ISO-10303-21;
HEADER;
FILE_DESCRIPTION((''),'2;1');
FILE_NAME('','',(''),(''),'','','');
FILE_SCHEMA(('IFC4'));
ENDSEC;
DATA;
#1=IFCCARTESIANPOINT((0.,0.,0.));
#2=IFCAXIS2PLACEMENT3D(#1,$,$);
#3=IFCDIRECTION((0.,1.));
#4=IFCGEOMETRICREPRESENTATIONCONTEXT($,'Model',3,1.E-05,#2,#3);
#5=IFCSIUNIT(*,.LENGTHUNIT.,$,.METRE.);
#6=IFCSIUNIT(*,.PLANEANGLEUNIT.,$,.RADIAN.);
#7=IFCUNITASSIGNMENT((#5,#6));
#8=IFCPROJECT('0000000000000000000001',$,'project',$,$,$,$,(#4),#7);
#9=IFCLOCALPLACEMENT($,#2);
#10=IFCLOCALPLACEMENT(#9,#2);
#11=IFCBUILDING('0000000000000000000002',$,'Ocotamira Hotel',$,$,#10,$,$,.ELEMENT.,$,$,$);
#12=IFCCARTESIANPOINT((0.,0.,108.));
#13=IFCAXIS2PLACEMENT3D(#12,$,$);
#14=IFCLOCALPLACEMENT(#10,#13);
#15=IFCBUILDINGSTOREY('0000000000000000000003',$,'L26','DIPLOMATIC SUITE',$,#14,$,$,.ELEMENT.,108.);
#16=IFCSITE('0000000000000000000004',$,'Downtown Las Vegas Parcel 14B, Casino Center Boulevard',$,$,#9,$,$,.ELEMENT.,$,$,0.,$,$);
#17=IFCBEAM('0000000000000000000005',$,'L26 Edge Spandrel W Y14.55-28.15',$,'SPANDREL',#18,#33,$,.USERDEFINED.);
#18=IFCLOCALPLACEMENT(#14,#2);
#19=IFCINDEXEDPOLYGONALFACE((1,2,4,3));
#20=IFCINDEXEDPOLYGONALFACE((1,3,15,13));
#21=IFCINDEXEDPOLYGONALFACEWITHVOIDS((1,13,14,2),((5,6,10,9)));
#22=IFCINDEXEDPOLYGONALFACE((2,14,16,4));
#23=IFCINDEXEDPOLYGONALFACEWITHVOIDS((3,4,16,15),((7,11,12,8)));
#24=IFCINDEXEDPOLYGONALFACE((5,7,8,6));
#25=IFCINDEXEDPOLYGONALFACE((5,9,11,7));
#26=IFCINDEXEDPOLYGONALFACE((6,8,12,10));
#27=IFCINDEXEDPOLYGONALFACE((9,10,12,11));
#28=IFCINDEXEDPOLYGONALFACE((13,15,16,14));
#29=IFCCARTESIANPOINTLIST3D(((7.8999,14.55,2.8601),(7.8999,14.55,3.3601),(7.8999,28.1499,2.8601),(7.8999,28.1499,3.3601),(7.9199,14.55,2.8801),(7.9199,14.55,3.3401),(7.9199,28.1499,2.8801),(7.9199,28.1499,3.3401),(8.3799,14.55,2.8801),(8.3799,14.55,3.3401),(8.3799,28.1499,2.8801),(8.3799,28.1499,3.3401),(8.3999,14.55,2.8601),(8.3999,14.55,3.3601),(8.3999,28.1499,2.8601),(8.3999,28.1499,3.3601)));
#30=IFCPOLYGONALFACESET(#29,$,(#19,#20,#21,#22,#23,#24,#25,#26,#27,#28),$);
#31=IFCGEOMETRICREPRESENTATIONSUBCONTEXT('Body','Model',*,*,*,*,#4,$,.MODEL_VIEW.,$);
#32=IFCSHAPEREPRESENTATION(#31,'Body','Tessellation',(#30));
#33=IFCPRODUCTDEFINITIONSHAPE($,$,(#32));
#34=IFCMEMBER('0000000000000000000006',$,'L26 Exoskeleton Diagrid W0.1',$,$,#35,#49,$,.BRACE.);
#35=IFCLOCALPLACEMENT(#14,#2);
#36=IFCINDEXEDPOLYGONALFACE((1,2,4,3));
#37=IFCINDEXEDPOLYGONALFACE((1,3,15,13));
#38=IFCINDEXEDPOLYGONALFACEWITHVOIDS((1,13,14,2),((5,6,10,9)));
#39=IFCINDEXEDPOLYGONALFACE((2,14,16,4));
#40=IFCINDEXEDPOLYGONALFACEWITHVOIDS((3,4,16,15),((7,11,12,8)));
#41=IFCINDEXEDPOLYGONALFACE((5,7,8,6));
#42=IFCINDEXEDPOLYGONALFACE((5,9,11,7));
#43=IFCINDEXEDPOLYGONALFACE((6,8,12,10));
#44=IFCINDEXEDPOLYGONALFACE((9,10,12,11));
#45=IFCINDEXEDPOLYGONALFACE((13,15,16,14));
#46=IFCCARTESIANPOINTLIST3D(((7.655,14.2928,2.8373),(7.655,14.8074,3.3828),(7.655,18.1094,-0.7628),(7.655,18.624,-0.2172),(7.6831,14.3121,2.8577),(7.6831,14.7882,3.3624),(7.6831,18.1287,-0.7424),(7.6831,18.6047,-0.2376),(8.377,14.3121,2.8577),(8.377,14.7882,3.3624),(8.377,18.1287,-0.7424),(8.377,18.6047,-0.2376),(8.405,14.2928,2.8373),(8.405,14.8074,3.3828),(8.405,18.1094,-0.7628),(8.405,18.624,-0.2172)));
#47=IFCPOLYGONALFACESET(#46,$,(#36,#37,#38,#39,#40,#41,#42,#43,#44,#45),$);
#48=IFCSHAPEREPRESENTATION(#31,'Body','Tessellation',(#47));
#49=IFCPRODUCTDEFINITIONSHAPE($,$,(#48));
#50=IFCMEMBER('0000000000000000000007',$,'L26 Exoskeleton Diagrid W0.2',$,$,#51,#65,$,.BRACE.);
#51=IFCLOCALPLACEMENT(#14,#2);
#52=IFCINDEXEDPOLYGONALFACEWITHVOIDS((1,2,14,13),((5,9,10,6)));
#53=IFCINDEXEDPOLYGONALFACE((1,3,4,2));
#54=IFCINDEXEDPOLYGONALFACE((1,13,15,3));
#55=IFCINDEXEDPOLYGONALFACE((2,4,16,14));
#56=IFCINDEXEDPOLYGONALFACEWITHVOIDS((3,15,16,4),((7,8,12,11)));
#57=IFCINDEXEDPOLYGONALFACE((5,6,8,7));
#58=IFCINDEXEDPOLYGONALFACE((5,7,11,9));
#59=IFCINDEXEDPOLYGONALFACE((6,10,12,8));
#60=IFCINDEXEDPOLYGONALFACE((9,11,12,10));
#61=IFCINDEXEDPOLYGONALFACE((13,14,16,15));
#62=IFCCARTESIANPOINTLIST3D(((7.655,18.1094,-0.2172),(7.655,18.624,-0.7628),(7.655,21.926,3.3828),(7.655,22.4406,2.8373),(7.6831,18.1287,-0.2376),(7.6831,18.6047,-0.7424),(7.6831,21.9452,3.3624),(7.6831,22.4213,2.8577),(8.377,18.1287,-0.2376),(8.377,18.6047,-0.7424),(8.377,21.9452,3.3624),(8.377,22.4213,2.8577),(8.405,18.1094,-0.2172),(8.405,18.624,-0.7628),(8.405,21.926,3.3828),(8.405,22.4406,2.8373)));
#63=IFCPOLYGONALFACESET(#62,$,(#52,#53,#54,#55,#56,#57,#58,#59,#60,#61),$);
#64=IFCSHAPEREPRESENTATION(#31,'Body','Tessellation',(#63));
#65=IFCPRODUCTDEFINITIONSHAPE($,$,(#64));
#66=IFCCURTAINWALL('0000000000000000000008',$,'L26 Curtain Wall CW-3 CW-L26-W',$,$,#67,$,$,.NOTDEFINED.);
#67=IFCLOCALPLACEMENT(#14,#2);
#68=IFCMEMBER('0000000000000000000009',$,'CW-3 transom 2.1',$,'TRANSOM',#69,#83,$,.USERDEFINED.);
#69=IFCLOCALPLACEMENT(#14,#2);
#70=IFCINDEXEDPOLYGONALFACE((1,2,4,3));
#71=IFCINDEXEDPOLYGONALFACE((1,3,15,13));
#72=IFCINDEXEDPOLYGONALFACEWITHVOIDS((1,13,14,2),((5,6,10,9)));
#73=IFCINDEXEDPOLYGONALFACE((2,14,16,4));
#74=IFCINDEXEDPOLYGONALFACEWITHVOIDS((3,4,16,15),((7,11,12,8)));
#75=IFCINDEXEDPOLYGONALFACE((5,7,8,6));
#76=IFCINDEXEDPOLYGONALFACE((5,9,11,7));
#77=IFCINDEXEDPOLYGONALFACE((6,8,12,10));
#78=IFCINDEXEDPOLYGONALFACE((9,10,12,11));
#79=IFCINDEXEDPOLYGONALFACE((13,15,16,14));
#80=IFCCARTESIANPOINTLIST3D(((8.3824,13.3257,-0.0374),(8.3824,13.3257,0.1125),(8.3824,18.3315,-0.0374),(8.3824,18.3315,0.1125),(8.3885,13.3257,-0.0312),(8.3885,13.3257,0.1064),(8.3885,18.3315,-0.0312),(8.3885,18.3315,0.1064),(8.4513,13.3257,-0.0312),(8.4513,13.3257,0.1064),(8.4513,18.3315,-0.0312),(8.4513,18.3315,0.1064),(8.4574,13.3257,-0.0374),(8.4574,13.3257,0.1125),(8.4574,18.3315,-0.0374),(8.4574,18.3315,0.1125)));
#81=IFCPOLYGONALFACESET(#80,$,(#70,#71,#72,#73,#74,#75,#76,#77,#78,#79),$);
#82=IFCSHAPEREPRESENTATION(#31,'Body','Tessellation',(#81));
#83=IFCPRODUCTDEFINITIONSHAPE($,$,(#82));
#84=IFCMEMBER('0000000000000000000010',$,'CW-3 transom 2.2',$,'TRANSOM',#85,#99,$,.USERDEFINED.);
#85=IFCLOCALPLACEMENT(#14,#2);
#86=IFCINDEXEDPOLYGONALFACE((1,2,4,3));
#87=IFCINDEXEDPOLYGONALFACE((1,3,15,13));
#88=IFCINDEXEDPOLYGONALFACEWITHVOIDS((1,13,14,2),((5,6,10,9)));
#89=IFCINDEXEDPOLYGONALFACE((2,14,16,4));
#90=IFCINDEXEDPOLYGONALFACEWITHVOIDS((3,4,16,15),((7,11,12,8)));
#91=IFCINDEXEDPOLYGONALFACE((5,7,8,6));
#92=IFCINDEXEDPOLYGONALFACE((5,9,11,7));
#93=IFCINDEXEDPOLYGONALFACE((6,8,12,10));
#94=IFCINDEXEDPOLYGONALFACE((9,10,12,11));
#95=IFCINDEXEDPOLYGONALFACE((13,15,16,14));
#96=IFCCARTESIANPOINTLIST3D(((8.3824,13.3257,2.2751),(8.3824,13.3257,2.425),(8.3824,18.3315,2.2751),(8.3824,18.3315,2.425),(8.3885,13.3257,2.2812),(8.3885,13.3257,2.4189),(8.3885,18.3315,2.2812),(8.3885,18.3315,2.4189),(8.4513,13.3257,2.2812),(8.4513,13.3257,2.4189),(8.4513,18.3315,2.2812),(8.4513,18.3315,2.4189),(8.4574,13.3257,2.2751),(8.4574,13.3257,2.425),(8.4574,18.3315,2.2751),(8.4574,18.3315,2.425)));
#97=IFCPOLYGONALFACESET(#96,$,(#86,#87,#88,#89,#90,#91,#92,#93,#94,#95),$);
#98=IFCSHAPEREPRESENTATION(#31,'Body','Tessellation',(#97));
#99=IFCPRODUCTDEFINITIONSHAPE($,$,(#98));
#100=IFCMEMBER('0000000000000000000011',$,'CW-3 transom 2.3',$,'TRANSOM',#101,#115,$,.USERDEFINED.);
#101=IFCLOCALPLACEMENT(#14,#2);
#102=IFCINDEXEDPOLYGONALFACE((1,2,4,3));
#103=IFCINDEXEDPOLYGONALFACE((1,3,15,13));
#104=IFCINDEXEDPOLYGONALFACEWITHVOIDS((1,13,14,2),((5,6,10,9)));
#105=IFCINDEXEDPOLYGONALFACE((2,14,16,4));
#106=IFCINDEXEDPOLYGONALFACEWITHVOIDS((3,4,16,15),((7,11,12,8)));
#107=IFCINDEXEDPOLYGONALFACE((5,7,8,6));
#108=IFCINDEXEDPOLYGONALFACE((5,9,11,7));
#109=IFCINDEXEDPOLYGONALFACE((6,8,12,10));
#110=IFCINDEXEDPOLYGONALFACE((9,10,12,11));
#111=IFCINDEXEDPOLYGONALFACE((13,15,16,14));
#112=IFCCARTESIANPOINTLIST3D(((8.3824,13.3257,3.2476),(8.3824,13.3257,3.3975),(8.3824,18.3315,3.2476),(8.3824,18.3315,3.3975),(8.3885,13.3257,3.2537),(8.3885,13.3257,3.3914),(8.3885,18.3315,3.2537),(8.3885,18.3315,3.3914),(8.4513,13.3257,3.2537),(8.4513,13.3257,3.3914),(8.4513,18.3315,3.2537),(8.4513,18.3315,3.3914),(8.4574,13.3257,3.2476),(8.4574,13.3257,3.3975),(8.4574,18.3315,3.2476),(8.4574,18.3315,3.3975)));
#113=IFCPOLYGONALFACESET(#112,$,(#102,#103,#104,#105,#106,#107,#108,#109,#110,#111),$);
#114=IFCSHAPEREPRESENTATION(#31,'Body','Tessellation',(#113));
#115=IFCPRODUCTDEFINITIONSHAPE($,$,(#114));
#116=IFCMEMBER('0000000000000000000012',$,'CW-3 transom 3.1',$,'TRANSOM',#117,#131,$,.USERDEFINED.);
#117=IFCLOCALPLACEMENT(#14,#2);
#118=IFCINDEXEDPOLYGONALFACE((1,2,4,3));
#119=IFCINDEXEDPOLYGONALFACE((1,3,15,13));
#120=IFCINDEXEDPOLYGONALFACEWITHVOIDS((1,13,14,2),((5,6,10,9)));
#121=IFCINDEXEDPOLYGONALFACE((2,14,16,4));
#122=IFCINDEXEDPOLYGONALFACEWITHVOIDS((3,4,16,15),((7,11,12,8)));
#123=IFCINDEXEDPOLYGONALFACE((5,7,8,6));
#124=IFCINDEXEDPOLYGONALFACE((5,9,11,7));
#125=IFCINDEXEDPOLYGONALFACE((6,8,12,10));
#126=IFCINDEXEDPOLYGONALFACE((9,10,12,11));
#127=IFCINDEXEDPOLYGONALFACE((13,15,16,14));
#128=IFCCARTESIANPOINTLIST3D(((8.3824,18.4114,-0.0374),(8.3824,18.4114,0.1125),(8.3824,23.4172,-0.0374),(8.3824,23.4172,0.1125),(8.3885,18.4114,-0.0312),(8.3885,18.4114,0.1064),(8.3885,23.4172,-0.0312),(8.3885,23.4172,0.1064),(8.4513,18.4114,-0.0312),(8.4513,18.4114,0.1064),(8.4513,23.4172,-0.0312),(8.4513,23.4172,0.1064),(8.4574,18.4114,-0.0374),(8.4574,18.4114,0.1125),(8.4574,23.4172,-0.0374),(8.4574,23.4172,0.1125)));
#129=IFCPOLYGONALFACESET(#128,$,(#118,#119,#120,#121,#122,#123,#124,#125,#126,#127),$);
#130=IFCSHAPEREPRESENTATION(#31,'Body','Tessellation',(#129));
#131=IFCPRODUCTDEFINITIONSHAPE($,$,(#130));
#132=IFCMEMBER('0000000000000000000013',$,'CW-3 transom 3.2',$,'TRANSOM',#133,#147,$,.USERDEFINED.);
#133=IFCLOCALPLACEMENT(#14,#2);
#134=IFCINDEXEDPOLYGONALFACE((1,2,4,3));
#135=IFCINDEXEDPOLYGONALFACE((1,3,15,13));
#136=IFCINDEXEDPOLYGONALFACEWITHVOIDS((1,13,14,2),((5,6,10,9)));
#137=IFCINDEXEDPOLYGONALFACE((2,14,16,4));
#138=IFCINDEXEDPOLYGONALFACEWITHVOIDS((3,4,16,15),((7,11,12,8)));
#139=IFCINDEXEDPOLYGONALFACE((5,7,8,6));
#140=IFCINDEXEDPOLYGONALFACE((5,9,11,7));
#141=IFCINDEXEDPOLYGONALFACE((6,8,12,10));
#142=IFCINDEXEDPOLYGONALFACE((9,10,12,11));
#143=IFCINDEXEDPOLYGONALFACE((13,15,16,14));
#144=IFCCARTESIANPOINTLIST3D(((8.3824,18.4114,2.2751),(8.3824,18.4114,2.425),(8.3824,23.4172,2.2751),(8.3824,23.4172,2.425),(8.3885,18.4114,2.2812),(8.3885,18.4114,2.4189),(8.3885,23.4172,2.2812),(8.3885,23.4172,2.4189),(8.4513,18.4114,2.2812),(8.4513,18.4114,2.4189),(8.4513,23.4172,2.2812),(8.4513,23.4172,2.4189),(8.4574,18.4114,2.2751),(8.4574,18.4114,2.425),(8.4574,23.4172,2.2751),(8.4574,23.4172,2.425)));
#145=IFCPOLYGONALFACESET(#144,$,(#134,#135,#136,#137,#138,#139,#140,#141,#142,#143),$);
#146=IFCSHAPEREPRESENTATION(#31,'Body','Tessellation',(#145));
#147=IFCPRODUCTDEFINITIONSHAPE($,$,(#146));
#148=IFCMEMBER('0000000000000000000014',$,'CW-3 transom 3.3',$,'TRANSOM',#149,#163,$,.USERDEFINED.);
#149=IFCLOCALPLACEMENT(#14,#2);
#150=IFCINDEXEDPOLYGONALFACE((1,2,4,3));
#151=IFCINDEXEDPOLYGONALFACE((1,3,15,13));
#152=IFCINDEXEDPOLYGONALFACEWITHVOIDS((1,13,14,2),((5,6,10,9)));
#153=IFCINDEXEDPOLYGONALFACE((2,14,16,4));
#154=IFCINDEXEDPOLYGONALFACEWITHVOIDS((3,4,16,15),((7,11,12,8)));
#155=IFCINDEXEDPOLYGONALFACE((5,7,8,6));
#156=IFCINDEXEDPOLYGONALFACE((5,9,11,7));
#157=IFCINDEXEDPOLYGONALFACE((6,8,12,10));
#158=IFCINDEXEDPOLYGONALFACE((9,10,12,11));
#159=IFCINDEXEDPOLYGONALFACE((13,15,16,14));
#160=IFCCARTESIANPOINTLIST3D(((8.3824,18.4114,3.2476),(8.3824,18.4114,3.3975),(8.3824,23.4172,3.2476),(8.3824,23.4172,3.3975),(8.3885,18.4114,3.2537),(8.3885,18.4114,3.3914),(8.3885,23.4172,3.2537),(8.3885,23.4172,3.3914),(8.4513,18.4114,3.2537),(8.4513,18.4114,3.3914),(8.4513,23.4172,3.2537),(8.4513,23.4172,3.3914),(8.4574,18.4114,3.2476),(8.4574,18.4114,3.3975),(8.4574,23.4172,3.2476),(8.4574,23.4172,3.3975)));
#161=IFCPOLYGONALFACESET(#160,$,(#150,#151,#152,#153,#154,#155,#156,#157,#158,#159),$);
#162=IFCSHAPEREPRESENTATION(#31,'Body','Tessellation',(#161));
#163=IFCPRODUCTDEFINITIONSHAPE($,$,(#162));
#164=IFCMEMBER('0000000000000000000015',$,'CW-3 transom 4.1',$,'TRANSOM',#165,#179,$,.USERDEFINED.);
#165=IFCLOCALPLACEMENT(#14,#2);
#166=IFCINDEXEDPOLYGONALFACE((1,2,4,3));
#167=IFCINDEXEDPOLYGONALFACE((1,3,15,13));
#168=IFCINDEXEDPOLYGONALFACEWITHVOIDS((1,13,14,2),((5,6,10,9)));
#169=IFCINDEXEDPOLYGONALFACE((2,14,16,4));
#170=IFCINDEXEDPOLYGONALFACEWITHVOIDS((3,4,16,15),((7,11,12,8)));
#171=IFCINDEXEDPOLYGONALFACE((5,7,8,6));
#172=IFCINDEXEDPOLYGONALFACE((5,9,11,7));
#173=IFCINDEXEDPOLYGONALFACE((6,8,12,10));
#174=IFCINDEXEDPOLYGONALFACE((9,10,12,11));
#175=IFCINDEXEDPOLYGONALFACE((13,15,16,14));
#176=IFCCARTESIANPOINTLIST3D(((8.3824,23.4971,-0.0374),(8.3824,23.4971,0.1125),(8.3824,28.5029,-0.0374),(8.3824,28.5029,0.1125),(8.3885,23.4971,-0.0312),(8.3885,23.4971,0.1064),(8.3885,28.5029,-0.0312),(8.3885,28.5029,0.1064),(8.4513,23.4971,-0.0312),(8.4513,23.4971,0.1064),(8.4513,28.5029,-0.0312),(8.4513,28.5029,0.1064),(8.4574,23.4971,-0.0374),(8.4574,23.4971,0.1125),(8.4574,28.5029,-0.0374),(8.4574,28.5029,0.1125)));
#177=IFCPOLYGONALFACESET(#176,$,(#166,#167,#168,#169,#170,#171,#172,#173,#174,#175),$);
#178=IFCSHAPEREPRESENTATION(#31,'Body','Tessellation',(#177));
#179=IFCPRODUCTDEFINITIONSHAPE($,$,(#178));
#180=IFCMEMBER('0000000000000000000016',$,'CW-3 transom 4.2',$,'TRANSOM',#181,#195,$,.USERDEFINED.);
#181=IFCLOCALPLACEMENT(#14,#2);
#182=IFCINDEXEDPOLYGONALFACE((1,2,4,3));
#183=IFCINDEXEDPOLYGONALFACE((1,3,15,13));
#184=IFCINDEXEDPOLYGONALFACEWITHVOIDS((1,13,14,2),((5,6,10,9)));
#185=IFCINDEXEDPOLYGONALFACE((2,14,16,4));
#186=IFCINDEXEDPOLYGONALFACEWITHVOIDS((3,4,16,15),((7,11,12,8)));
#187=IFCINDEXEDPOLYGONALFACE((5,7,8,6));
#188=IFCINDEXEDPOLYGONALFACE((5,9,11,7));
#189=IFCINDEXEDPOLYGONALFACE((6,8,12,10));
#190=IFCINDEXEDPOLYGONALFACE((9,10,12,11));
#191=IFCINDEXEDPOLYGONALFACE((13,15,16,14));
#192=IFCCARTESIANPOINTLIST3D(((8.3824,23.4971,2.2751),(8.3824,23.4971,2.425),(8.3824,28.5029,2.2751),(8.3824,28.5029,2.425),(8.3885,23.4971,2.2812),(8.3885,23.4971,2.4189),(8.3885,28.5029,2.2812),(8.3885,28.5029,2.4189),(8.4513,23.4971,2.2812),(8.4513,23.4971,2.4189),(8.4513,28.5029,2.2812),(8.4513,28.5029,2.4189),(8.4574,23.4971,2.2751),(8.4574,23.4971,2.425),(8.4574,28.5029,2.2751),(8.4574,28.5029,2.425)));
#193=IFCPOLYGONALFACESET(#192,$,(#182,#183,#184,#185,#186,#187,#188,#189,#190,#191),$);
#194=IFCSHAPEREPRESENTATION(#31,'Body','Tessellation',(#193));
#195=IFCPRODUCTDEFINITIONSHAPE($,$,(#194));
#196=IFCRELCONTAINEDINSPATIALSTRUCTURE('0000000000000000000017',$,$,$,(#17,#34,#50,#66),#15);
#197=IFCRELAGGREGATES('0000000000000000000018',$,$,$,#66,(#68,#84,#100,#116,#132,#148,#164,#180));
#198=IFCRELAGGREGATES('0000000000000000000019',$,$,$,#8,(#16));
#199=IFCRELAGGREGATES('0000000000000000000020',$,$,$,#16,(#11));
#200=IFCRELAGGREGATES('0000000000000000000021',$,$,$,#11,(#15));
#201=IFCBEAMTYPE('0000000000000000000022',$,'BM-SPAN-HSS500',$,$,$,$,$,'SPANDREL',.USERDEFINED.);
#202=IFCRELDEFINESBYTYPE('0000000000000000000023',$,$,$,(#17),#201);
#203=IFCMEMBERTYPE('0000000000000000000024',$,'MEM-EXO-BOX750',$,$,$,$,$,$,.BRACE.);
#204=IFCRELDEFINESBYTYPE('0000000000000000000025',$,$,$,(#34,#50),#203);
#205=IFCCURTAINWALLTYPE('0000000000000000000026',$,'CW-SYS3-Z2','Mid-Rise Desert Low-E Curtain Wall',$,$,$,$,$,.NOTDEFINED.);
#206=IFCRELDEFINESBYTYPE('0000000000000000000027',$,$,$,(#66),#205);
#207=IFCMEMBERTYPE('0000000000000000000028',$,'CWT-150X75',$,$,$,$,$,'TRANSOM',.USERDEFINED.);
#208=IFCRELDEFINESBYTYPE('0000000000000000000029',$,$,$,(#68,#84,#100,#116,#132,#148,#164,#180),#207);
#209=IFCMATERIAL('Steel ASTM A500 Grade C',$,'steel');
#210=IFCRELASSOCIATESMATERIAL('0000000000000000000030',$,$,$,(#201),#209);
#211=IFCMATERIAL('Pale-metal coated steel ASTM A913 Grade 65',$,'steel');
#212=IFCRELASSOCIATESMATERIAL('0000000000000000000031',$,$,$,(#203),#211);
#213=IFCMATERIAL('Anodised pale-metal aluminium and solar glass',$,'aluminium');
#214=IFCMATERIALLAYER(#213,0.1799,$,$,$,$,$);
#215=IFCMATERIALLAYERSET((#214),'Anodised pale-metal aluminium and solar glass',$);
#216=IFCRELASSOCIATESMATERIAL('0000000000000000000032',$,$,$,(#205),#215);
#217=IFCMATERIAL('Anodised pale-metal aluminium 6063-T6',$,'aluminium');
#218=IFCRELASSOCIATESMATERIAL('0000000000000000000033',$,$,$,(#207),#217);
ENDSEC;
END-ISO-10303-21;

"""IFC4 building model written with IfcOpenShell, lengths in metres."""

from ifc_helpers import new_model, si_unit, direction, frame, origin, origin_2d, place, context, subcontext, project, spatial, hollow_rectangle, extrude, source, transform, mapped, material, layer, layer_set, material_profile, profile_set, type_object, element, aggregate, save


model = new_model("IFC4")

# Units and contexts
model_context = context("Model", 3, precision=1e-05, world=origin(), true_north=direction((0.0, 1.0)))
body_context = subcontext(model_context, "Body", "Model", "MODEL_VIEW")
ifc_project = project(units=[si_unit("LENGTHUNIT", "METRE"), si_unit("PLANEANGLEUNIT", "RADIAN")], contexts=[model_context])

# Site, building, storey
site_placement = place(None, origin())
site = spatial("IfcSite", under=ifc_project, at=site_placement, Name="Downtown Las Vegas Parcel 14B, Casino Center Boulevard", CompositionType="ELEMENT", RefElevation=0.0)
building_placement = place(site_placement, origin())
building = spatial("IfcBuilding", under=site, at=building_placement, Name="Ocotamira Hotel", CompositionType="ELEMENT")
storey_placement = place(building_placement, frame((0.0, 0.0, 108.0)))
storey = spatial("IfcBuildingStorey", under=building, at=storey_placement, Name="L26", Description="DIPLOMATIC SUITE", CompositionType="ELEMENT", Elevation=108.0)

# Beam
ifc_material_1 = material(Name="Steel ASTM A500 Grade C", Category="steel")
ifc_material_profile_1 = material_profile(ifc_material_1, hollow_rectangle(XDim=0.5, YDim=0.5, WallThickness=0.02, at=origin_2d()), Name="HSS500X500X20")
ifc_profile_set_1 = profile_set([ifc_material_profile_1], Name="Steel ASTM A500 Grade C")
beam_type_1 = type_object("IfcBeamType", Name="BM-SPAN-HSS500", ElementType="SPANDREL", PredefinedType="USERDEFINED", material=ifc_profile_set_1)
shared_shape_1 = source(origin(), body_context, "Body", "SweptSolid", [
    extrude(hollow_rectangle(XDim=0.5, YDim=0.5, WallThickness=0.02, at=origin_2d()), origin(), (0.0, 0.0, 1.0), 13.5999),
])
beam_1_placement = place(storey_placement, frame((8.1499, 14.55, 3.1101), z_axis=(0.0, 1.0, 0.0), x_axis=(-1.0, 0.0, 0.0)))
element("IfcBeam", 1, at=beam_1_placement, inside=storey, type_object=beam_type_1, Name="L26 Edge Spandrel W Y14.55-28.15", ObjectType="SPANDREL", PredefinedType="USERDEFINED", context=body_context, shape_type="MappedRepresentation", body=[
    mapped(shared_shape_1, transform((0.0, 0.0, 0.0), scale=1.0)),
])

# Members
ifc_material_2 = material(Name="Pale-metal coated steel ASTM A913 Grade 65", Category="steel")
ifc_material_profile_2 = material_profile(ifc_material_2, hollow_rectangle(XDim=0.75, YDim=0.75, WallThickness=0.0281, at=origin_2d()), Name="BOX750X750X28")
ifc_profile_set_2 = profile_set([ifc_material_profile_2], Name="Pale-metal coated steel ASTM A913 Grade 65")
member_type_1 = type_object("IfcMemberType", Name="MEM-EXO-BOX750", PredefinedType="BRACE", material=ifc_profile_set_2)
shared_shape_2 = source(origin(), body_context, "Body", "SweptSolid", [
    extrude(hollow_rectangle(XDim=0.75, YDim=0.75, WallThickness=0.0281, at=origin_2d()), origin(), (0.0, 0.0, 1.0), 5.2466),
])
for number, where, z_axis, x_axis, name in (
    (2, (8.03, 18.3667, -0.49), (0.0, -0.727443, 0.686168), (1.0, 0.0, 0.0), "L26 Exoskeleton Diagrid W0.1"),
    (3, (8.03, 18.3667, -0.49), (0.0, 0.727443, 0.686168), (-1.0, 0.0, 0.0), "L26 Exoskeleton Diagrid W0.2"),
):
    element("IfcMember", number, at=place(storey_placement, frame(where, z_axis=z_axis, x_axis=x_axis)), inside=storey, type_object=member_type_1, Name=name, PredefinedType="BRACE", context=body_context, shape_type="MappedRepresentation", body=[
        mapped(shared_shape_2, transform((0.0, 0.0, 0.0), scale=1.0)),
    ])

# Curtain wall, members
ifc_material_3 = material(Name="Anodised pale-metal aluminium and solar glass", Category="aluminium")
ifc_layer_1 = layer(ifc_material_3, 0.1799)
ifc_layer_set_1 = layer_set([ifc_layer_1], Name="Anodised pale-metal aluminium and solar glass")
curtain_wall_type = type_object("IfcCurtainWallType", Name="CW-SYS3-Z2", Description="Mid-Rise Desert Low-E Curtain Wall", PredefinedType="NOTDEFINED", material=ifc_layer_set_1)
curtain_wall_placement = place(storey_placement, origin())
curtain_wall = element("IfcCurtainWall", 4, at=curtain_wall_placement, inside=storey, type_object=curtain_wall_type, Name="L26 Curtain Wall CW-3 CW-L26-W", PredefinedType="NOTDEFINED")
ifc_material_4 = material(Name="Anodised pale-metal aluminium 6063-T6", Category="aluminium")
ifc_material_profile_3 = material_profile(ifc_material_4, hollow_rectangle(XDim=0.075, YDim=0.1499, WallThickness=0.0061, at=origin_2d()), Name="HSS150X75X6")
ifc_profile_set_3 = profile_set([ifc_material_profile_3], Name="Anodised pale-metal aluminium 6063-T6")
member_type_2 = type_object("IfcMemberType", Name="CWT-150X75", ElementType="TRANSOM", PredefinedType="USERDEFINED", material=ifc_profile_set_3)
shared_shape_3 = source(origin(), body_context, "Body", "SweptSolid", [
    extrude(hollow_rectangle(XDim=0.075, YDim=0.1499, WallThickness=0.0061, at=origin_2d()), origin(), (0.0, 0.0, 1.0), 5.0059),
])
member_1_placement = place(storey_placement, frame((8.4199, 13.3257, 0.0376), z_axis=(0.0, 1.0, 0.0), x_axis=(-1.0, 0.0, 0.0)))
member_1 = element("IfcMember", 5, at=member_1_placement, type_object=member_type_2, Name="CW-3 transom 2.1", ObjectType="TRANSOM", PredefinedType="USERDEFINED", context=body_context, shape_type="MappedRepresentation", body=[
    mapped(shared_shape_3, transform((0.0, 0.0, 0.0), scale=1.0)),
])
member_2_placement = place(storey_placement, frame((8.4199, 13.3257, 2.3501), z_axis=(0.0, 1.0, 0.0), x_axis=(-1.0, 0.0, 0.0)))
member_2 = element("IfcMember", 6, at=member_2_placement, type_object=member_type_2, Name="CW-3 transom 2.2", ObjectType="TRANSOM", PredefinedType="USERDEFINED", context=body_context, shape_type="MappedRepresentation", body=[
    mapped(shared_shape_3, transform((0.0, 0.0, 0.0), scale=1.0)),
])
member_3_placement = place(storey_placement, frame((8.4199, 13.3257, 3.3225), z_axis=(0.0, 1.0, 0.0), x_axis=(-1.0, 0.0, 0.0)))
member_3 = element("IfcMember", 7, at=member_3_placement, type_object=member_type_2, Name="CW-3 transom 2.3", ObjectType="TRANSOM", PredefinedType="USERDEFINED", context=body_context, shape_type="MappedRepresentation", body=[
    mapped(shared_shape_3, transform((0.0, 0.0, 0.0), scale=1.0)),
])
member_4_placement = place(storey_placement, frame((8.4199, 18.4114, 0.0376), z_axis=(0.0, 1.0, 0.0), x_axis=(-1.0, 0.0, 0.0)))
member_4 = element("IfcMember", 8, at=member_4_placement, type_object=member_type_2, Name="CW-3 transom 3.1", ObjectType="TRANSOM", PredefinedType="USERDEFINED", context=body_context, shape_type="MappedRepresentation", body=[
    mapped(shared_shape_3, transform((0.0, 0.0, 0.0), scale=1.0)),
])
member_5_placement = place(storey_placement, frame((8.4199, 18.4114, 2.3501), z_axis=(0.0, 1.0, 0.0), x_axis=(-1.0, 0.0, 0.0)))
member_5 = element("IfcMember", 9, at=member_5_placement, type_object=member_type_2, Name="CW-3 transom 3.2", ObjectType="TRANSOM", PredefinedType="USERDEFINED", context=body_context, shape_type="MappedRepresentation", body=[
    mapped(shared_shape_3, transform((0.0, 0.0, 0.0), scale=1.0)),
])
member_6_placement = place(storey_placement, frame((8.4199, 18.4114, 3.3225), z_axis=(0.0, 1.0, 0.0), x_axis=(-1.0, 0.0, 0.0)))
member_6 = element("IfcMember", 10, at=member_6_placement, type_object=member_type_2, Name="CW-3 transom 3.3", ObjectType="TRANSOM", PredefinedType="USERDEFINED", context=body_context, shape_type="MappedRepresentation", body=[
    mapped(shared_shape_3, transform((0.0, 0.0, 0.0), scale=1.0)),
])
member_7_placement = place(storey_placement, frame((8.4199, 23.4971, 0.0376), z_axis=(0.0, 1.0, 0.0), x_axis=(-1.0, 0.0, 0.0)))
member_7 = element("IfcMember", 11, at=member_7_placement, type_object=member_type_2, Name="CW-3 transom 4.1", ObjectType="TRANSOM", PredefinedType="USERDEFINED", context=body_context, shape_type="MappedRepresentation", body=[
    mapped(shared_shape_3, transform((0.0, 0.0, 0.0), scale=1.0)),
])
member_8_placement = place(storey_placement, frame((8.4199, 23.4971, 2.3501), z_axis=(0.0, 1.0, 0.0), x_axis=(-1.0, 0.0, 0.0)))
member_8 = element("IfcMember", 12, at=member_8_placement, type_object=member_type_2, Name="CW-3 transom 4.2", ObjectType="TRANSOM", PredefinedType="USERDEFINED", context=body_context, shape_type="MappedRepresentation", body=[
    mapped(shared_shape_3, transform((0.0, 0.0, 0.0), scale=1.0)),
])

aggregate(curtain_wall, [member_1, member_2, member_3, member_4, member_5, member_6, member_7, member_8])

save(model, "model.ifc")
